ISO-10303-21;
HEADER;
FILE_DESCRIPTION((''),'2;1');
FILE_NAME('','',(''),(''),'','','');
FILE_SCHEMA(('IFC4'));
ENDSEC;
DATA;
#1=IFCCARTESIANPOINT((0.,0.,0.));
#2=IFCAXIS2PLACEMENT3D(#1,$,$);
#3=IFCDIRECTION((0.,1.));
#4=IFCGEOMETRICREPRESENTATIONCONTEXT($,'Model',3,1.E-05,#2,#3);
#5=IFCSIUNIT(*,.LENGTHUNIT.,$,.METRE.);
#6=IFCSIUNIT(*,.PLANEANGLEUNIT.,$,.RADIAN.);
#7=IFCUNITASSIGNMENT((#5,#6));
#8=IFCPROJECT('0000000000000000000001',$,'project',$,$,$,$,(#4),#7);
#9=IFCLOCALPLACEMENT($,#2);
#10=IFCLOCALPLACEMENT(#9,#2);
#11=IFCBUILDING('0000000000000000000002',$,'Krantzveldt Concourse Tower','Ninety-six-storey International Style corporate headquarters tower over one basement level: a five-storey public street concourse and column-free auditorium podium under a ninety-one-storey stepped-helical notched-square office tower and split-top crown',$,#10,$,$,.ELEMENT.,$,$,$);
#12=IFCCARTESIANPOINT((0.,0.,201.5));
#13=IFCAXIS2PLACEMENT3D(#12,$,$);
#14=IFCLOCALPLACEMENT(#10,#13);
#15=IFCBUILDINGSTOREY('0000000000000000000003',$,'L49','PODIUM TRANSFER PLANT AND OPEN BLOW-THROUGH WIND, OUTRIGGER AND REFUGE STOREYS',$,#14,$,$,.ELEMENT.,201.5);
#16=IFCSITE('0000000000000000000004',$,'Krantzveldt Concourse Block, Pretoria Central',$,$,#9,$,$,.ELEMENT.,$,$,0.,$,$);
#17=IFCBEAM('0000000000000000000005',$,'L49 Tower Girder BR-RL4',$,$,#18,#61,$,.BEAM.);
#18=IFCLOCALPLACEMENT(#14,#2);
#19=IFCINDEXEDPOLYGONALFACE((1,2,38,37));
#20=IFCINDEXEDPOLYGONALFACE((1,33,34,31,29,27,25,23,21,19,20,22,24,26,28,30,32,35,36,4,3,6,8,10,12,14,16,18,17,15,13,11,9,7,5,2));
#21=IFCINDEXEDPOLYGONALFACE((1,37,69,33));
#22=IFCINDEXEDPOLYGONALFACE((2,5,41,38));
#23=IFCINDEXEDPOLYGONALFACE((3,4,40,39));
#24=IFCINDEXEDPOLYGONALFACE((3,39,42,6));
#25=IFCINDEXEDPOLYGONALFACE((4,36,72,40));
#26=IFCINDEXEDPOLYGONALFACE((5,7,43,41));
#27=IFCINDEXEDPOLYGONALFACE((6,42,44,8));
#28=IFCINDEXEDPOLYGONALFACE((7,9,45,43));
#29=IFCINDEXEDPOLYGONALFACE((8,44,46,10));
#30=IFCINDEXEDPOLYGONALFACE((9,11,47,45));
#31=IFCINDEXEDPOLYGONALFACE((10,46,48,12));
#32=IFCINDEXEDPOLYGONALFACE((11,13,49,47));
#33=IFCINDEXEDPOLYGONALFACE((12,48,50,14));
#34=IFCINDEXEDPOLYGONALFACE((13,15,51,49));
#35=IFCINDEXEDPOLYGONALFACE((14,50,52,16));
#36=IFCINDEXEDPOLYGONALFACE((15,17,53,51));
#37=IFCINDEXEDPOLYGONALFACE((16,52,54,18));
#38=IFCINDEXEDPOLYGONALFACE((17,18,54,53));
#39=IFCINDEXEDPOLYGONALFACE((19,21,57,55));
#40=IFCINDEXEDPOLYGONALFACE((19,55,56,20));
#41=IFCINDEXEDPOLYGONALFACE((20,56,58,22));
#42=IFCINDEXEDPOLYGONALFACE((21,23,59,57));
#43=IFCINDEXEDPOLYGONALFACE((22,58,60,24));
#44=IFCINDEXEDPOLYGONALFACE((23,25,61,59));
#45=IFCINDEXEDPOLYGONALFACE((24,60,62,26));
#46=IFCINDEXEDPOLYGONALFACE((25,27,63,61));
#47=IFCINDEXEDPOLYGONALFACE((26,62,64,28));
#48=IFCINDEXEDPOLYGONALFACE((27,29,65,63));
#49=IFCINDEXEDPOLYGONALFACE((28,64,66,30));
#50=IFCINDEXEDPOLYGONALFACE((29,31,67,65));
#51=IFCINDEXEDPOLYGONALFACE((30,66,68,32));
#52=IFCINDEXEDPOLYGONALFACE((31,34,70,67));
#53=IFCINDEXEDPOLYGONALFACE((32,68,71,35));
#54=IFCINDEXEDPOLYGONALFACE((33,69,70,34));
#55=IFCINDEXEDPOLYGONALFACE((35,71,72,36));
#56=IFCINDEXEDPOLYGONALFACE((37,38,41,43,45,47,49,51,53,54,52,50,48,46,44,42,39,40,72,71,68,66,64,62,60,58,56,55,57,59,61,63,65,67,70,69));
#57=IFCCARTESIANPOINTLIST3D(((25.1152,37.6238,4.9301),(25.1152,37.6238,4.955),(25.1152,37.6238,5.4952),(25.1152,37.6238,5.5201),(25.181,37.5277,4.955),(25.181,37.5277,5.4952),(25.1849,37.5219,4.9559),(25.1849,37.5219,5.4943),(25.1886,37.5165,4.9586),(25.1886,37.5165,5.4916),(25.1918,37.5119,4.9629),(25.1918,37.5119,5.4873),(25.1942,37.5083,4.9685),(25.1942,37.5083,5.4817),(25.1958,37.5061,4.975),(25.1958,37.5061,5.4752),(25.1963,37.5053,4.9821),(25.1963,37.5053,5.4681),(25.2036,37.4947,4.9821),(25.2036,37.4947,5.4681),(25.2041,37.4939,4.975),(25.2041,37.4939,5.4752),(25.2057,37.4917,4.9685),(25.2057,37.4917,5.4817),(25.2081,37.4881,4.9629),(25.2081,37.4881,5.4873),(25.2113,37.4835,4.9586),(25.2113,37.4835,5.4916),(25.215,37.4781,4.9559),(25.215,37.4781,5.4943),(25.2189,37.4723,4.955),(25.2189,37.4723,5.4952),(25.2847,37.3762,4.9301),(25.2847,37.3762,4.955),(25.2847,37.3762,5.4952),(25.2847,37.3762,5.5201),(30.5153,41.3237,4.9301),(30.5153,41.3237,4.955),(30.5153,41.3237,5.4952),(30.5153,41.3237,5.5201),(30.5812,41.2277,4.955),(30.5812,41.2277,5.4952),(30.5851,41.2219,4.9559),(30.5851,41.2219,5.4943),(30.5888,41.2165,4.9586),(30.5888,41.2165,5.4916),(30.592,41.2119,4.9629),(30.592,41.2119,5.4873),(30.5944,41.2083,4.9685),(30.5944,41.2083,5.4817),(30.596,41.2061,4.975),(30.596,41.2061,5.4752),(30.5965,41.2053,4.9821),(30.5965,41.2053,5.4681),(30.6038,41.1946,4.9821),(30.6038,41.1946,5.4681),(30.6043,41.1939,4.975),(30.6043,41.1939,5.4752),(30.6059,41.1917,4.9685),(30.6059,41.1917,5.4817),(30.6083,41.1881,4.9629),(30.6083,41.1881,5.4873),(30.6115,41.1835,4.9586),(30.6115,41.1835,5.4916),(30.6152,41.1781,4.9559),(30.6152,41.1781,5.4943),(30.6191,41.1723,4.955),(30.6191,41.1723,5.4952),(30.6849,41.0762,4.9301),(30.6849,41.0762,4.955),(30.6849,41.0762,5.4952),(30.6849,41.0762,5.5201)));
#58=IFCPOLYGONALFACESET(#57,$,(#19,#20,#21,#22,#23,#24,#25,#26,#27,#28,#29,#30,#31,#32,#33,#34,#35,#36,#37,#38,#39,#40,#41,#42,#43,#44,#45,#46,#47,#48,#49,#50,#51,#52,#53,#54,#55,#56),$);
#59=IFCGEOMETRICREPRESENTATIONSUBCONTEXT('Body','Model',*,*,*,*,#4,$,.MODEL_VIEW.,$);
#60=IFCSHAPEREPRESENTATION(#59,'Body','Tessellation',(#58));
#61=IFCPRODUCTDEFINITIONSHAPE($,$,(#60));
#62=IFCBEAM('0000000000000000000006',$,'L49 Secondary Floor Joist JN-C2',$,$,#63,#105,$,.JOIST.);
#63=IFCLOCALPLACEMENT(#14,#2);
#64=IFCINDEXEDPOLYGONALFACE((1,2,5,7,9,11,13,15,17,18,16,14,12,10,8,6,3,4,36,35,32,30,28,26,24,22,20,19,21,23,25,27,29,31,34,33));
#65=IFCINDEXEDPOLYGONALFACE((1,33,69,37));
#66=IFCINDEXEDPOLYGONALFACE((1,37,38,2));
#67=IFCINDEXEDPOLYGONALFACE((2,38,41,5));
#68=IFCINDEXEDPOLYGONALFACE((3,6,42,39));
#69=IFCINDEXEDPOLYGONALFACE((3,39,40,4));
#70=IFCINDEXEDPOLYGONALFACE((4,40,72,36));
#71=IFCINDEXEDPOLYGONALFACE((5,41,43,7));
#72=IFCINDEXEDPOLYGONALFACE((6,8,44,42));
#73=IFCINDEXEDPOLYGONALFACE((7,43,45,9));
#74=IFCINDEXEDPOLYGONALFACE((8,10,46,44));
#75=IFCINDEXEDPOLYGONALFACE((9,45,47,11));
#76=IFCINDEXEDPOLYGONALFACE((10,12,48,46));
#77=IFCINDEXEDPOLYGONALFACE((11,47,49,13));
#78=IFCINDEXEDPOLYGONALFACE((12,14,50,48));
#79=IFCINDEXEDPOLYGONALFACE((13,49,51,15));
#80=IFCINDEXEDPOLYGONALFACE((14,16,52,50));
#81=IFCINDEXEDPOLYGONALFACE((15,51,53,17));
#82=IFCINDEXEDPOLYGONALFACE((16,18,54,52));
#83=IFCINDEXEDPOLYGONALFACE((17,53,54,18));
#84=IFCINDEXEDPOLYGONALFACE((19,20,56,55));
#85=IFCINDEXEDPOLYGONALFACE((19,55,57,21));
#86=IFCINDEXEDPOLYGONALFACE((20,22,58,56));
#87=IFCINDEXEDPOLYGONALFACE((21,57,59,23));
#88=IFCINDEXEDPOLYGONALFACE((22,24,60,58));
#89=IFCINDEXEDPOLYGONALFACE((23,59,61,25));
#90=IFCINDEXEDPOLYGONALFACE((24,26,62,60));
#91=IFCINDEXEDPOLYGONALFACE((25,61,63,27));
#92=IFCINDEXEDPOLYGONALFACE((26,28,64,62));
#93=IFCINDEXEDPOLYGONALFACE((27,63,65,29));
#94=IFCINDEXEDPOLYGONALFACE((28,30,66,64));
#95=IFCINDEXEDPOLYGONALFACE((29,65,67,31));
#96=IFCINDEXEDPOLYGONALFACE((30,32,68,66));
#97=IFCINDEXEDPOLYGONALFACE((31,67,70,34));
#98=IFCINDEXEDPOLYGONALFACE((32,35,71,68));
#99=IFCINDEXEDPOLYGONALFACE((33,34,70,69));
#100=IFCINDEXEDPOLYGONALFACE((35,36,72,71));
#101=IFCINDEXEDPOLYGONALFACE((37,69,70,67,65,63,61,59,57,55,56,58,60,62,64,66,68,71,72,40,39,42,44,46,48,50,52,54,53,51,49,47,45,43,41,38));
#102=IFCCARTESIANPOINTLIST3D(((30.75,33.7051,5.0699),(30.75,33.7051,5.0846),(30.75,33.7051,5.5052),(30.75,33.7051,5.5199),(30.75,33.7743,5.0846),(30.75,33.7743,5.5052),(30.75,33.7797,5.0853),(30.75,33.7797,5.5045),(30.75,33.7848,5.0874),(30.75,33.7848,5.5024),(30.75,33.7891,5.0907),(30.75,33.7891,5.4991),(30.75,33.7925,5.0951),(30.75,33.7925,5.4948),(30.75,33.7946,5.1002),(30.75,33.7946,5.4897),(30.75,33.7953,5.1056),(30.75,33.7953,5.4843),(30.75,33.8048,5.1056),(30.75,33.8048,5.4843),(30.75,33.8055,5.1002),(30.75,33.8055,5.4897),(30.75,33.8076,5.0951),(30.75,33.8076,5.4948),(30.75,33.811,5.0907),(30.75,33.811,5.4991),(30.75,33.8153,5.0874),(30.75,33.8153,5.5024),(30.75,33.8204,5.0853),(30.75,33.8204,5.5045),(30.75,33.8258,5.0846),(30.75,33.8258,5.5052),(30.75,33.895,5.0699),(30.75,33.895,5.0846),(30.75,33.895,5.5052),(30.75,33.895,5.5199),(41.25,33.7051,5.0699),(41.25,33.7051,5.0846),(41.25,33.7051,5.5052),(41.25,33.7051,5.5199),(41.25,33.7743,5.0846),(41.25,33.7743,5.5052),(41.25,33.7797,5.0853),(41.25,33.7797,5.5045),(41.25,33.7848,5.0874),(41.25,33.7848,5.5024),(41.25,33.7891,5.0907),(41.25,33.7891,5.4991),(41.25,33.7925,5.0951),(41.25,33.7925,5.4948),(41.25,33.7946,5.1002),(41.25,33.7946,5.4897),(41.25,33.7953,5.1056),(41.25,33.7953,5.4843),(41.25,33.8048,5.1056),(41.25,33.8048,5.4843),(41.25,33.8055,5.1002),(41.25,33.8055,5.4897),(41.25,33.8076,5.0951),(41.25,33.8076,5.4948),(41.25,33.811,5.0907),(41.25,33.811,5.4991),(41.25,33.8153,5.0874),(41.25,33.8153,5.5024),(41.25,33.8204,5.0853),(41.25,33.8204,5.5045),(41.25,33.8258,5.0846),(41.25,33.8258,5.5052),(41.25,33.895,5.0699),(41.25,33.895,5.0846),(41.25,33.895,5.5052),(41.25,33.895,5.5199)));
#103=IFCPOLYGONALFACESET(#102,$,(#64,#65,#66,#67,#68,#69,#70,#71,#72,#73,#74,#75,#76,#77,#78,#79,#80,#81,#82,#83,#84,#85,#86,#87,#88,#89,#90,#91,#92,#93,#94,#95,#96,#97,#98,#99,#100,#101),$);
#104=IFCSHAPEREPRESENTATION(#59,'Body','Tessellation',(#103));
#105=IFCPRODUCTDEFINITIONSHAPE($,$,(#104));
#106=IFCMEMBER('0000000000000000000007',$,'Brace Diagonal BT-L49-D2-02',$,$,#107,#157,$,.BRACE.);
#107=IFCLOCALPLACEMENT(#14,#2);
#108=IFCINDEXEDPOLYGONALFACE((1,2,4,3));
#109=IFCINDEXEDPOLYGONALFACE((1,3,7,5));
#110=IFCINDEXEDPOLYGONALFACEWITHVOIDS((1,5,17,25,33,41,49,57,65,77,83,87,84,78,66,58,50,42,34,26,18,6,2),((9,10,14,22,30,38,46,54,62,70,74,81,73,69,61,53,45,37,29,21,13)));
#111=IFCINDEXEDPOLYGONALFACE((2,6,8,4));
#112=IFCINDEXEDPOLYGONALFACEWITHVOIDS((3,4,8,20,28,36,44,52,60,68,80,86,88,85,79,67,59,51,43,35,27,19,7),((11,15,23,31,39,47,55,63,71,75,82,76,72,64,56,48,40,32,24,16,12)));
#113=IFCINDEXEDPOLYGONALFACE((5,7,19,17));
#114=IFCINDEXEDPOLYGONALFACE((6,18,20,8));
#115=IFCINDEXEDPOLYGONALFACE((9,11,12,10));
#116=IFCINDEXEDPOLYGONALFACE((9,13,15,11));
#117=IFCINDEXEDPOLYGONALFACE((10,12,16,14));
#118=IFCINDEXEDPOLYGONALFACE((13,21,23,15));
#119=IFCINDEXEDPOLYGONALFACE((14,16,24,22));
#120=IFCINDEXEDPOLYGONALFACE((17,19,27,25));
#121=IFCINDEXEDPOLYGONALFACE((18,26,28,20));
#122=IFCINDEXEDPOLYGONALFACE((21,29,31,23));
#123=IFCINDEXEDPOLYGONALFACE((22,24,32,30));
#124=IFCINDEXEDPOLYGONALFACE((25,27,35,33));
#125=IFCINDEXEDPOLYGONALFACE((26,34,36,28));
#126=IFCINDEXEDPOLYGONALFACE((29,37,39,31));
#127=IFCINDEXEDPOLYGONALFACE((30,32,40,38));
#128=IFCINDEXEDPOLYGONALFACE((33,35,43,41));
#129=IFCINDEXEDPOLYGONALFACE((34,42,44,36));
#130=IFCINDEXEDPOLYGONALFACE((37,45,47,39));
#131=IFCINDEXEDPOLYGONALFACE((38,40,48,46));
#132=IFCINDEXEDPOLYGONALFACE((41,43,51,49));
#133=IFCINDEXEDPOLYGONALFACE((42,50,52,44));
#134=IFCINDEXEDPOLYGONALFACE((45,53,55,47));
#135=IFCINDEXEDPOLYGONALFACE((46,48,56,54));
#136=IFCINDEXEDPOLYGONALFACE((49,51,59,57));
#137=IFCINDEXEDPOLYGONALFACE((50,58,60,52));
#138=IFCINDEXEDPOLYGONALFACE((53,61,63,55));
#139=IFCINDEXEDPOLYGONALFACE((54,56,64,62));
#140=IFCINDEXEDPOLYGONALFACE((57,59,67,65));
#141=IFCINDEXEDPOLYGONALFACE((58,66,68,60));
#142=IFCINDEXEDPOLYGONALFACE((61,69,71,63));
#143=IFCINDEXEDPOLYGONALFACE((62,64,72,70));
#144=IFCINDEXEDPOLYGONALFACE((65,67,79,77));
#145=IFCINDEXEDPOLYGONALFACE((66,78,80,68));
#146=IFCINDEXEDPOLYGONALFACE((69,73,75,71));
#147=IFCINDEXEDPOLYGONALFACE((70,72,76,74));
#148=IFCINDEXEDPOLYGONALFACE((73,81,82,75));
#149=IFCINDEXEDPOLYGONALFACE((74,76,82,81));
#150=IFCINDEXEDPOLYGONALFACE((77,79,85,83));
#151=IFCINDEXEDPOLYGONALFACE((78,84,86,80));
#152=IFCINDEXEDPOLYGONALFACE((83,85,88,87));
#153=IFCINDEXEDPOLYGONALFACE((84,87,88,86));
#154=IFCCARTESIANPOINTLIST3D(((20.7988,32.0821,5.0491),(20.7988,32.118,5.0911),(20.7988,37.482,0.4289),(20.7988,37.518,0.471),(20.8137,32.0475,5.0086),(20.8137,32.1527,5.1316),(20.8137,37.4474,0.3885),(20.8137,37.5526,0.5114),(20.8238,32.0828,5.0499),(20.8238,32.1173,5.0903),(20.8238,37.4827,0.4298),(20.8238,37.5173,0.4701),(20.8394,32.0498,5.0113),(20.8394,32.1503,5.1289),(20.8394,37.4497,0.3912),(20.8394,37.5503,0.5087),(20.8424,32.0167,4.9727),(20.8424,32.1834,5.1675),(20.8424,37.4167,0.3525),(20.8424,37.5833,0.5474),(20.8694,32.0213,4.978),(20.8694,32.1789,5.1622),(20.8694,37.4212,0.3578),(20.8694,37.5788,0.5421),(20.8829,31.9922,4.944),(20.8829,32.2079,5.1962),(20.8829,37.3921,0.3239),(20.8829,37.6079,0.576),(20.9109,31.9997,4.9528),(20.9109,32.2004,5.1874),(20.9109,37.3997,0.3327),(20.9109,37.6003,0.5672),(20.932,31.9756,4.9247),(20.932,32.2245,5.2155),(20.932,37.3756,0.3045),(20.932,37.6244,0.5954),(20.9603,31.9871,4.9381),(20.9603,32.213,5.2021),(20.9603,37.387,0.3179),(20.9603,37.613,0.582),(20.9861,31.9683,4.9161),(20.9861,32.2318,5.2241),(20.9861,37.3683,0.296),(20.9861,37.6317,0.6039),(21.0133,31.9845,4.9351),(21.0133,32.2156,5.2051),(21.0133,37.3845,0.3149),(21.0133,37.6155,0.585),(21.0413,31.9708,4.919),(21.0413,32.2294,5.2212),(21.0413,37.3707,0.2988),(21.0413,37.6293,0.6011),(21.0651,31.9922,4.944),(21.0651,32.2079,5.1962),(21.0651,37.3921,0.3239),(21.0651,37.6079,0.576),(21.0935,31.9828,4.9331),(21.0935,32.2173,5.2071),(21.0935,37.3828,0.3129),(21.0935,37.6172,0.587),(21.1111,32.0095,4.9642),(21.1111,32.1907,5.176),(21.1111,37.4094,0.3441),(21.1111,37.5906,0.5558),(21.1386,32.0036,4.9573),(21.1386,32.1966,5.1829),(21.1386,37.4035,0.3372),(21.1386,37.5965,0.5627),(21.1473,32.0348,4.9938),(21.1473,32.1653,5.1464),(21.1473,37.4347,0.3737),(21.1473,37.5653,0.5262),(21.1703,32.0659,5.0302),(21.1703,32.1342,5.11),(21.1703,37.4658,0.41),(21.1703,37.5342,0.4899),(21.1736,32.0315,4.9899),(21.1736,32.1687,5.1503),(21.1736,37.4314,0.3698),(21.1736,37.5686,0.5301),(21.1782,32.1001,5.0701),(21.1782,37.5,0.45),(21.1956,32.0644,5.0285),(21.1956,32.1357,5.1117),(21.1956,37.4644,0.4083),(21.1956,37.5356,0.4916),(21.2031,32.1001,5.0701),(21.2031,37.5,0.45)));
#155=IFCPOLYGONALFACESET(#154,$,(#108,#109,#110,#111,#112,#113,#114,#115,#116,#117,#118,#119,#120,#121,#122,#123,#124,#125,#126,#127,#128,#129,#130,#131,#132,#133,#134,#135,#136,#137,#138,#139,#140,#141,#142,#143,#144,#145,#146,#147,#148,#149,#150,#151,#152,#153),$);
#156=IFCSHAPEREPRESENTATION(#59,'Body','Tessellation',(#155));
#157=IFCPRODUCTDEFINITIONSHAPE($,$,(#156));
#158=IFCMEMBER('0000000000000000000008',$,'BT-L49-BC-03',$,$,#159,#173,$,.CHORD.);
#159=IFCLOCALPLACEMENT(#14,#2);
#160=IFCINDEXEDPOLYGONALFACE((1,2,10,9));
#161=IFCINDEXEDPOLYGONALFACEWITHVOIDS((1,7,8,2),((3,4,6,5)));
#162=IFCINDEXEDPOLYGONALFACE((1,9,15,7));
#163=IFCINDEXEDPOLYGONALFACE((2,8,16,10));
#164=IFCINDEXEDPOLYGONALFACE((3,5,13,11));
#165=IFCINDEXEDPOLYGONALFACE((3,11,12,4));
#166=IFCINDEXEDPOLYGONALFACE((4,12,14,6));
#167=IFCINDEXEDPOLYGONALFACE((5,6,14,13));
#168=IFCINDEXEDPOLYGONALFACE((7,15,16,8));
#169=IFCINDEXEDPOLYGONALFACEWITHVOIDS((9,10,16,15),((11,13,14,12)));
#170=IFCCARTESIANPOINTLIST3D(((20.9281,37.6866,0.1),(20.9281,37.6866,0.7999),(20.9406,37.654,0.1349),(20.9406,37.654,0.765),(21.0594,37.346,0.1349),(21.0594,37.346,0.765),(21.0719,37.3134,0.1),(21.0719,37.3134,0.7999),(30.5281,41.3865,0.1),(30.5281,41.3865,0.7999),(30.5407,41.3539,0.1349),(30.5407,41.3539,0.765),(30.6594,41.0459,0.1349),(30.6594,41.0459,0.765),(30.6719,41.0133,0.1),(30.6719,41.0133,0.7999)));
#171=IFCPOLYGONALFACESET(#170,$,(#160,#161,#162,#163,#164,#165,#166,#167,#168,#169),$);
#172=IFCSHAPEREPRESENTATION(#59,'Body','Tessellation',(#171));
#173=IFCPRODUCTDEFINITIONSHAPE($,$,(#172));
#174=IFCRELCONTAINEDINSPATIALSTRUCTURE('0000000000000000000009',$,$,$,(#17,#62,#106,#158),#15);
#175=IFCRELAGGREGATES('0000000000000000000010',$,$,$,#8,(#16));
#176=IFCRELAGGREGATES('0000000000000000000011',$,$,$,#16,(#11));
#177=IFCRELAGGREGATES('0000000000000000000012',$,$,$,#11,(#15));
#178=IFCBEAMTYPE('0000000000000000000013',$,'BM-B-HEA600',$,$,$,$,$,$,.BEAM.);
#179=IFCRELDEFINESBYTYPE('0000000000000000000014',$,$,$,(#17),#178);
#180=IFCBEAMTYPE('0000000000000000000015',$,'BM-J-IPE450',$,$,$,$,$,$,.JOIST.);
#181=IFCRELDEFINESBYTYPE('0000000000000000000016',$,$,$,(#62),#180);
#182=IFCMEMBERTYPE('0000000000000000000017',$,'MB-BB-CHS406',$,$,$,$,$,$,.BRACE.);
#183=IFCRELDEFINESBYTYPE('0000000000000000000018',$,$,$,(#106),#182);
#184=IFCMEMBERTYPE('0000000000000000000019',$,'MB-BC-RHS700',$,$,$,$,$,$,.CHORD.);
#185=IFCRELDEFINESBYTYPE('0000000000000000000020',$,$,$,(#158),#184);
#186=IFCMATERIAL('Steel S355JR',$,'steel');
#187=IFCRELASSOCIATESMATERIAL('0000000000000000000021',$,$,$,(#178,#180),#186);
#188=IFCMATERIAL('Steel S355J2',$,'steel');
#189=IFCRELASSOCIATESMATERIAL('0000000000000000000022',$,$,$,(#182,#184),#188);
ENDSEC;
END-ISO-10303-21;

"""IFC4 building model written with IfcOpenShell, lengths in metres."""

from ifc_helpers import new_model, si_unit, direction, frame, origin, origin_2d, place, context, subcontext, project, spatial, hollow_rectangle, hollow_circle, i_section, extrude, source, transform, mapped, material, material_profile, profile_set, type_object, element, save


model = new_model("IFC4")

# Units and contexts
model_context = context("Model", 3, precision=1e-05, world=origin(), true_north=direction((0.0, 1.0)))
body_context = subcontext(model_context, "Body", "Model", "MODEL_VIEW")
ifc_project = project(units=[si_unit("LENGTHUNIT", "METRE"), si_unit("PLANEANGLEUNIT", "RADIAN")], contexts=[model_context])

# Site, building, storey
site_placement = place(None, origin())
site = spatial("IfcSite", under=ifc_project, at=site_placement, Name="Krantzveldt Concourse Block, Pretoria Central", CompositionType="ELEMENT", RefElevation=0.0)
building_placement = place(site_placement, origin())
building = spatial("IfcBuilding", under=site, at=building_placement, Name="Krantzveldt Concourse Tower", Description="Ninety-six-storey International Style corporate headquarters tower over one basement level: a five-storey public street concourse and column-free auditorium podium under a ninety-one-storey stepped-helical notched-square office tower and split-top crown", CompositionType="ELEMENT")
storey_placement = place(building_placement, frame((0.0, 0.0, 201.5)))
storey = spatial("IfcBuildingStorey", under=building, at=storey_placement, Name="L49", Description="PODIUM TRANSFER PLANT AND OPEN BLOW-THROUGH WIND, OUTRIGGER AND REFUGE STOREYS", CompositionType="ELEMENT", Elevation=201.5)

# Beams
ifc_material_1 = material(Name="Steel S355JR", Category="steel")
ifc_material_profile_1 = material_profile(ifc_material_1, i_section(OverallWidth=0.3, OverallDepth=0.5901, WebThickness=0.0129, FlangeThickness=0.0249, FilletRadius=0.0271, at=origin_2d()), Name="Steel S355JR", Category="steel")
ifc_profile_set_1 = profile_set([ifc_material_profile_1], Name="Steel S355JR - HEA 600")
beam_type_1 = type_object("IfcBeamType", Name="BM-B-HEA600", PredefinedType="BEAM", material=ifc_profile_set_1)
shared_shape_1 = source(origin(), body_context, "Body", "SweptSolid", [
    extrude(i_section(OverallWidth=0.3, OverallDepth=0.5901, WebThickness=0.0129, FlangeThickness=0.0249, FilletRadius=0.0271, at=origin_2d()), origin(), (0.0, 0.0, 1.0), 6.5461),
])
beam_1_placement = place(storey_placement, frame((25.2, 37.5, 5.2251), z_axis=(0.824943, 0.565216, 0.0), x_axis=(-0.565216, 0.824943, 0.0)))
element("IfcBeam", 1, at=beam_1_placement, inside=storey, type_object=beam_type_1, Name="L49 Tower Girder BR-RL4", PredefinedType="BEAM", context=body_context, shape_type="MappedRepresentation", body=[
    mapped(shared_shape_1, transform((0.0, 0.0, 0.0), x_axis=(1.0, 0.0, 0.0), y_axis=(0.0, 1.0, 0.0), z_axis=(0.0, 0.0, 1.0), scale=1.0)),
])
ifc_material_profile_2 = material_profile(ifc_material_1, i_section(OverallWidth=0.1899, OverallDepth=0.45, WebThickness=0.0095, FlangeThickness=0.0146, FilletRadius=0.021, at=origin_2d()), Name="Steel S355JR", Category="steel")
ifc_profile_set_2 = profile_set([ifc_material_profile_2], Name="Steel S355JR - IPE 450")
beam_type_2 = type_object("IfcBeamType", Name="BM-J-IPE450", PredefinedType="JOIST", material=ifc_profile_set_2)
shared_shape_2 = source(origin(), body_context, "Body", "SweptSolid", [
    extrude(i_section(OverallWidth=0.1899, OverallDepth=0.45, WebThickness=0.0095, FlangeThickness=0.0146, FilletRadius=0.021, at=origin_2d()), origin(), (0.0, 0.0, 1.0), 10.5),
])
beam_2_placement = place(storey_placement, frame((30.75, 33.8, 5.2949), z_axis=(1.0, 0.0, 0.0), x_axis=(0.0, 1.0, 0.0)))
element("IfcBeam", 2, at=beam_2_placement, inside=storey, type_object=beam_type_2, Name="L49 Secondary Floor Joist JN-C2", PredefinedType="JOIST", context=body_context, shape_type="MappedRepresentation", body=[
    mapped(shared_shape_2, transform((0.0, 0.0, 0.0), x_axis=(1.0, 0.0, 0.0), y_axis=(0.0, 1.0, 0.0), z_axis=(0.0, 0.0, 1.0), scale=1.0)),
])

# Members
ifc_material_2 = material(Name="Steel S355J2", Category="steel")
ifc_material_profile_3 = material_profile(ifc_material_2, hollow_circle(Radius=0.2031, WallThickness=0.0249, at=origin_2d()), Name="Steel S355J2", Category="steel")
ifc_profile_set_3 = profile_set([ifc_material_profile_3], Name="Steel S355J2 - CHS 406.4x25")
member_type_1 = type_object("IfcMemberType", Name="MB-BB-CHS406", PredefinedType="BRACE", material=ifc_profile_set_3)
shared_shape_3 = source(origin(), body_context, "Body", "SweptSolid", [
    extrude(hollow_circle(Radius=0.2031, WallThickness=0.0249, at=origin_2d()), origin(), (0.0, 0.0, 1.0), 7.1067),
])
member_1_placement = place(storey_placement, frame((21.0, 37.5, 0.45), z_axis=(0.0, -0.759838, 0.650112), x_axis=(1.0, 0.0, 0.0)))
element("IfcMember", 3, at=member_1_placement, inside=storey, type_object=member_type_1, Name="Brace Diagonal BT-L49-D2-02", PredefinedType="BRACE", context=body_context, shape_type="MappedRepresentation", body=[
    mapped(shared_shape_3, transform((0.0, 0.0, 0.0), x_axis=(1.0, 0.0, 0.0), y_axis=(0.0, 1.0, 0.0), z_axis=(0.0, 0.0, 1.0), scale=1.0)),
])
ifc_material_profile_4 = material_profile(ifc_material_2, hollow_rectangle(XDim=0.3999, YDim=0.7, WallThickness=0.0349, at=origin_2d()), Name="Steel S355J2", Category="steel")
ifc_profile_set_4 = profile_set([ifc_material_profile_4], Name="Steel S355J2 - RHS 700x400x35")
member_type_2 = type_object("IfcMemberType", Name="MB-BC-RHS700", PredefinedType="CHORD", material=ifc_profile_set_4)
shared_shape_4 = source(origin(), body_context, "Body", "SweptSolid", [
    extrude(hollow_rectangle(XDim=0.3999, YDim=0.7, WallThickness=0.0349, at=origin_2d()), origin(), (0.0, 0.0, 1.0), 10.2883),
])
member_2_placement = place(storey_placement, frame((21.0, 37.5, 0.45), z_axis=(0.933098, 0.359623, 0.0), x_axis=(-0.359623, 0.933098, 0.0)))
element("IfcMember", 4, at=member_2_placement, inside=storey, type_object=member_type_2, Name="BT-L49-BC-03", PredefinedType="CHORD", context=body_context, shape_type="MappedRepresentation", body=[
    mapped(shared_shape_4, transform((0.0, 0.0, 0.0), x_axis=(1.0, 0.0, 0.0), y_axis=(0.0, 1.0, 0.0), z_axis=(0.0, 0.0, 1.0), scale=1.0)),
])

save(model, "model.ifc")
